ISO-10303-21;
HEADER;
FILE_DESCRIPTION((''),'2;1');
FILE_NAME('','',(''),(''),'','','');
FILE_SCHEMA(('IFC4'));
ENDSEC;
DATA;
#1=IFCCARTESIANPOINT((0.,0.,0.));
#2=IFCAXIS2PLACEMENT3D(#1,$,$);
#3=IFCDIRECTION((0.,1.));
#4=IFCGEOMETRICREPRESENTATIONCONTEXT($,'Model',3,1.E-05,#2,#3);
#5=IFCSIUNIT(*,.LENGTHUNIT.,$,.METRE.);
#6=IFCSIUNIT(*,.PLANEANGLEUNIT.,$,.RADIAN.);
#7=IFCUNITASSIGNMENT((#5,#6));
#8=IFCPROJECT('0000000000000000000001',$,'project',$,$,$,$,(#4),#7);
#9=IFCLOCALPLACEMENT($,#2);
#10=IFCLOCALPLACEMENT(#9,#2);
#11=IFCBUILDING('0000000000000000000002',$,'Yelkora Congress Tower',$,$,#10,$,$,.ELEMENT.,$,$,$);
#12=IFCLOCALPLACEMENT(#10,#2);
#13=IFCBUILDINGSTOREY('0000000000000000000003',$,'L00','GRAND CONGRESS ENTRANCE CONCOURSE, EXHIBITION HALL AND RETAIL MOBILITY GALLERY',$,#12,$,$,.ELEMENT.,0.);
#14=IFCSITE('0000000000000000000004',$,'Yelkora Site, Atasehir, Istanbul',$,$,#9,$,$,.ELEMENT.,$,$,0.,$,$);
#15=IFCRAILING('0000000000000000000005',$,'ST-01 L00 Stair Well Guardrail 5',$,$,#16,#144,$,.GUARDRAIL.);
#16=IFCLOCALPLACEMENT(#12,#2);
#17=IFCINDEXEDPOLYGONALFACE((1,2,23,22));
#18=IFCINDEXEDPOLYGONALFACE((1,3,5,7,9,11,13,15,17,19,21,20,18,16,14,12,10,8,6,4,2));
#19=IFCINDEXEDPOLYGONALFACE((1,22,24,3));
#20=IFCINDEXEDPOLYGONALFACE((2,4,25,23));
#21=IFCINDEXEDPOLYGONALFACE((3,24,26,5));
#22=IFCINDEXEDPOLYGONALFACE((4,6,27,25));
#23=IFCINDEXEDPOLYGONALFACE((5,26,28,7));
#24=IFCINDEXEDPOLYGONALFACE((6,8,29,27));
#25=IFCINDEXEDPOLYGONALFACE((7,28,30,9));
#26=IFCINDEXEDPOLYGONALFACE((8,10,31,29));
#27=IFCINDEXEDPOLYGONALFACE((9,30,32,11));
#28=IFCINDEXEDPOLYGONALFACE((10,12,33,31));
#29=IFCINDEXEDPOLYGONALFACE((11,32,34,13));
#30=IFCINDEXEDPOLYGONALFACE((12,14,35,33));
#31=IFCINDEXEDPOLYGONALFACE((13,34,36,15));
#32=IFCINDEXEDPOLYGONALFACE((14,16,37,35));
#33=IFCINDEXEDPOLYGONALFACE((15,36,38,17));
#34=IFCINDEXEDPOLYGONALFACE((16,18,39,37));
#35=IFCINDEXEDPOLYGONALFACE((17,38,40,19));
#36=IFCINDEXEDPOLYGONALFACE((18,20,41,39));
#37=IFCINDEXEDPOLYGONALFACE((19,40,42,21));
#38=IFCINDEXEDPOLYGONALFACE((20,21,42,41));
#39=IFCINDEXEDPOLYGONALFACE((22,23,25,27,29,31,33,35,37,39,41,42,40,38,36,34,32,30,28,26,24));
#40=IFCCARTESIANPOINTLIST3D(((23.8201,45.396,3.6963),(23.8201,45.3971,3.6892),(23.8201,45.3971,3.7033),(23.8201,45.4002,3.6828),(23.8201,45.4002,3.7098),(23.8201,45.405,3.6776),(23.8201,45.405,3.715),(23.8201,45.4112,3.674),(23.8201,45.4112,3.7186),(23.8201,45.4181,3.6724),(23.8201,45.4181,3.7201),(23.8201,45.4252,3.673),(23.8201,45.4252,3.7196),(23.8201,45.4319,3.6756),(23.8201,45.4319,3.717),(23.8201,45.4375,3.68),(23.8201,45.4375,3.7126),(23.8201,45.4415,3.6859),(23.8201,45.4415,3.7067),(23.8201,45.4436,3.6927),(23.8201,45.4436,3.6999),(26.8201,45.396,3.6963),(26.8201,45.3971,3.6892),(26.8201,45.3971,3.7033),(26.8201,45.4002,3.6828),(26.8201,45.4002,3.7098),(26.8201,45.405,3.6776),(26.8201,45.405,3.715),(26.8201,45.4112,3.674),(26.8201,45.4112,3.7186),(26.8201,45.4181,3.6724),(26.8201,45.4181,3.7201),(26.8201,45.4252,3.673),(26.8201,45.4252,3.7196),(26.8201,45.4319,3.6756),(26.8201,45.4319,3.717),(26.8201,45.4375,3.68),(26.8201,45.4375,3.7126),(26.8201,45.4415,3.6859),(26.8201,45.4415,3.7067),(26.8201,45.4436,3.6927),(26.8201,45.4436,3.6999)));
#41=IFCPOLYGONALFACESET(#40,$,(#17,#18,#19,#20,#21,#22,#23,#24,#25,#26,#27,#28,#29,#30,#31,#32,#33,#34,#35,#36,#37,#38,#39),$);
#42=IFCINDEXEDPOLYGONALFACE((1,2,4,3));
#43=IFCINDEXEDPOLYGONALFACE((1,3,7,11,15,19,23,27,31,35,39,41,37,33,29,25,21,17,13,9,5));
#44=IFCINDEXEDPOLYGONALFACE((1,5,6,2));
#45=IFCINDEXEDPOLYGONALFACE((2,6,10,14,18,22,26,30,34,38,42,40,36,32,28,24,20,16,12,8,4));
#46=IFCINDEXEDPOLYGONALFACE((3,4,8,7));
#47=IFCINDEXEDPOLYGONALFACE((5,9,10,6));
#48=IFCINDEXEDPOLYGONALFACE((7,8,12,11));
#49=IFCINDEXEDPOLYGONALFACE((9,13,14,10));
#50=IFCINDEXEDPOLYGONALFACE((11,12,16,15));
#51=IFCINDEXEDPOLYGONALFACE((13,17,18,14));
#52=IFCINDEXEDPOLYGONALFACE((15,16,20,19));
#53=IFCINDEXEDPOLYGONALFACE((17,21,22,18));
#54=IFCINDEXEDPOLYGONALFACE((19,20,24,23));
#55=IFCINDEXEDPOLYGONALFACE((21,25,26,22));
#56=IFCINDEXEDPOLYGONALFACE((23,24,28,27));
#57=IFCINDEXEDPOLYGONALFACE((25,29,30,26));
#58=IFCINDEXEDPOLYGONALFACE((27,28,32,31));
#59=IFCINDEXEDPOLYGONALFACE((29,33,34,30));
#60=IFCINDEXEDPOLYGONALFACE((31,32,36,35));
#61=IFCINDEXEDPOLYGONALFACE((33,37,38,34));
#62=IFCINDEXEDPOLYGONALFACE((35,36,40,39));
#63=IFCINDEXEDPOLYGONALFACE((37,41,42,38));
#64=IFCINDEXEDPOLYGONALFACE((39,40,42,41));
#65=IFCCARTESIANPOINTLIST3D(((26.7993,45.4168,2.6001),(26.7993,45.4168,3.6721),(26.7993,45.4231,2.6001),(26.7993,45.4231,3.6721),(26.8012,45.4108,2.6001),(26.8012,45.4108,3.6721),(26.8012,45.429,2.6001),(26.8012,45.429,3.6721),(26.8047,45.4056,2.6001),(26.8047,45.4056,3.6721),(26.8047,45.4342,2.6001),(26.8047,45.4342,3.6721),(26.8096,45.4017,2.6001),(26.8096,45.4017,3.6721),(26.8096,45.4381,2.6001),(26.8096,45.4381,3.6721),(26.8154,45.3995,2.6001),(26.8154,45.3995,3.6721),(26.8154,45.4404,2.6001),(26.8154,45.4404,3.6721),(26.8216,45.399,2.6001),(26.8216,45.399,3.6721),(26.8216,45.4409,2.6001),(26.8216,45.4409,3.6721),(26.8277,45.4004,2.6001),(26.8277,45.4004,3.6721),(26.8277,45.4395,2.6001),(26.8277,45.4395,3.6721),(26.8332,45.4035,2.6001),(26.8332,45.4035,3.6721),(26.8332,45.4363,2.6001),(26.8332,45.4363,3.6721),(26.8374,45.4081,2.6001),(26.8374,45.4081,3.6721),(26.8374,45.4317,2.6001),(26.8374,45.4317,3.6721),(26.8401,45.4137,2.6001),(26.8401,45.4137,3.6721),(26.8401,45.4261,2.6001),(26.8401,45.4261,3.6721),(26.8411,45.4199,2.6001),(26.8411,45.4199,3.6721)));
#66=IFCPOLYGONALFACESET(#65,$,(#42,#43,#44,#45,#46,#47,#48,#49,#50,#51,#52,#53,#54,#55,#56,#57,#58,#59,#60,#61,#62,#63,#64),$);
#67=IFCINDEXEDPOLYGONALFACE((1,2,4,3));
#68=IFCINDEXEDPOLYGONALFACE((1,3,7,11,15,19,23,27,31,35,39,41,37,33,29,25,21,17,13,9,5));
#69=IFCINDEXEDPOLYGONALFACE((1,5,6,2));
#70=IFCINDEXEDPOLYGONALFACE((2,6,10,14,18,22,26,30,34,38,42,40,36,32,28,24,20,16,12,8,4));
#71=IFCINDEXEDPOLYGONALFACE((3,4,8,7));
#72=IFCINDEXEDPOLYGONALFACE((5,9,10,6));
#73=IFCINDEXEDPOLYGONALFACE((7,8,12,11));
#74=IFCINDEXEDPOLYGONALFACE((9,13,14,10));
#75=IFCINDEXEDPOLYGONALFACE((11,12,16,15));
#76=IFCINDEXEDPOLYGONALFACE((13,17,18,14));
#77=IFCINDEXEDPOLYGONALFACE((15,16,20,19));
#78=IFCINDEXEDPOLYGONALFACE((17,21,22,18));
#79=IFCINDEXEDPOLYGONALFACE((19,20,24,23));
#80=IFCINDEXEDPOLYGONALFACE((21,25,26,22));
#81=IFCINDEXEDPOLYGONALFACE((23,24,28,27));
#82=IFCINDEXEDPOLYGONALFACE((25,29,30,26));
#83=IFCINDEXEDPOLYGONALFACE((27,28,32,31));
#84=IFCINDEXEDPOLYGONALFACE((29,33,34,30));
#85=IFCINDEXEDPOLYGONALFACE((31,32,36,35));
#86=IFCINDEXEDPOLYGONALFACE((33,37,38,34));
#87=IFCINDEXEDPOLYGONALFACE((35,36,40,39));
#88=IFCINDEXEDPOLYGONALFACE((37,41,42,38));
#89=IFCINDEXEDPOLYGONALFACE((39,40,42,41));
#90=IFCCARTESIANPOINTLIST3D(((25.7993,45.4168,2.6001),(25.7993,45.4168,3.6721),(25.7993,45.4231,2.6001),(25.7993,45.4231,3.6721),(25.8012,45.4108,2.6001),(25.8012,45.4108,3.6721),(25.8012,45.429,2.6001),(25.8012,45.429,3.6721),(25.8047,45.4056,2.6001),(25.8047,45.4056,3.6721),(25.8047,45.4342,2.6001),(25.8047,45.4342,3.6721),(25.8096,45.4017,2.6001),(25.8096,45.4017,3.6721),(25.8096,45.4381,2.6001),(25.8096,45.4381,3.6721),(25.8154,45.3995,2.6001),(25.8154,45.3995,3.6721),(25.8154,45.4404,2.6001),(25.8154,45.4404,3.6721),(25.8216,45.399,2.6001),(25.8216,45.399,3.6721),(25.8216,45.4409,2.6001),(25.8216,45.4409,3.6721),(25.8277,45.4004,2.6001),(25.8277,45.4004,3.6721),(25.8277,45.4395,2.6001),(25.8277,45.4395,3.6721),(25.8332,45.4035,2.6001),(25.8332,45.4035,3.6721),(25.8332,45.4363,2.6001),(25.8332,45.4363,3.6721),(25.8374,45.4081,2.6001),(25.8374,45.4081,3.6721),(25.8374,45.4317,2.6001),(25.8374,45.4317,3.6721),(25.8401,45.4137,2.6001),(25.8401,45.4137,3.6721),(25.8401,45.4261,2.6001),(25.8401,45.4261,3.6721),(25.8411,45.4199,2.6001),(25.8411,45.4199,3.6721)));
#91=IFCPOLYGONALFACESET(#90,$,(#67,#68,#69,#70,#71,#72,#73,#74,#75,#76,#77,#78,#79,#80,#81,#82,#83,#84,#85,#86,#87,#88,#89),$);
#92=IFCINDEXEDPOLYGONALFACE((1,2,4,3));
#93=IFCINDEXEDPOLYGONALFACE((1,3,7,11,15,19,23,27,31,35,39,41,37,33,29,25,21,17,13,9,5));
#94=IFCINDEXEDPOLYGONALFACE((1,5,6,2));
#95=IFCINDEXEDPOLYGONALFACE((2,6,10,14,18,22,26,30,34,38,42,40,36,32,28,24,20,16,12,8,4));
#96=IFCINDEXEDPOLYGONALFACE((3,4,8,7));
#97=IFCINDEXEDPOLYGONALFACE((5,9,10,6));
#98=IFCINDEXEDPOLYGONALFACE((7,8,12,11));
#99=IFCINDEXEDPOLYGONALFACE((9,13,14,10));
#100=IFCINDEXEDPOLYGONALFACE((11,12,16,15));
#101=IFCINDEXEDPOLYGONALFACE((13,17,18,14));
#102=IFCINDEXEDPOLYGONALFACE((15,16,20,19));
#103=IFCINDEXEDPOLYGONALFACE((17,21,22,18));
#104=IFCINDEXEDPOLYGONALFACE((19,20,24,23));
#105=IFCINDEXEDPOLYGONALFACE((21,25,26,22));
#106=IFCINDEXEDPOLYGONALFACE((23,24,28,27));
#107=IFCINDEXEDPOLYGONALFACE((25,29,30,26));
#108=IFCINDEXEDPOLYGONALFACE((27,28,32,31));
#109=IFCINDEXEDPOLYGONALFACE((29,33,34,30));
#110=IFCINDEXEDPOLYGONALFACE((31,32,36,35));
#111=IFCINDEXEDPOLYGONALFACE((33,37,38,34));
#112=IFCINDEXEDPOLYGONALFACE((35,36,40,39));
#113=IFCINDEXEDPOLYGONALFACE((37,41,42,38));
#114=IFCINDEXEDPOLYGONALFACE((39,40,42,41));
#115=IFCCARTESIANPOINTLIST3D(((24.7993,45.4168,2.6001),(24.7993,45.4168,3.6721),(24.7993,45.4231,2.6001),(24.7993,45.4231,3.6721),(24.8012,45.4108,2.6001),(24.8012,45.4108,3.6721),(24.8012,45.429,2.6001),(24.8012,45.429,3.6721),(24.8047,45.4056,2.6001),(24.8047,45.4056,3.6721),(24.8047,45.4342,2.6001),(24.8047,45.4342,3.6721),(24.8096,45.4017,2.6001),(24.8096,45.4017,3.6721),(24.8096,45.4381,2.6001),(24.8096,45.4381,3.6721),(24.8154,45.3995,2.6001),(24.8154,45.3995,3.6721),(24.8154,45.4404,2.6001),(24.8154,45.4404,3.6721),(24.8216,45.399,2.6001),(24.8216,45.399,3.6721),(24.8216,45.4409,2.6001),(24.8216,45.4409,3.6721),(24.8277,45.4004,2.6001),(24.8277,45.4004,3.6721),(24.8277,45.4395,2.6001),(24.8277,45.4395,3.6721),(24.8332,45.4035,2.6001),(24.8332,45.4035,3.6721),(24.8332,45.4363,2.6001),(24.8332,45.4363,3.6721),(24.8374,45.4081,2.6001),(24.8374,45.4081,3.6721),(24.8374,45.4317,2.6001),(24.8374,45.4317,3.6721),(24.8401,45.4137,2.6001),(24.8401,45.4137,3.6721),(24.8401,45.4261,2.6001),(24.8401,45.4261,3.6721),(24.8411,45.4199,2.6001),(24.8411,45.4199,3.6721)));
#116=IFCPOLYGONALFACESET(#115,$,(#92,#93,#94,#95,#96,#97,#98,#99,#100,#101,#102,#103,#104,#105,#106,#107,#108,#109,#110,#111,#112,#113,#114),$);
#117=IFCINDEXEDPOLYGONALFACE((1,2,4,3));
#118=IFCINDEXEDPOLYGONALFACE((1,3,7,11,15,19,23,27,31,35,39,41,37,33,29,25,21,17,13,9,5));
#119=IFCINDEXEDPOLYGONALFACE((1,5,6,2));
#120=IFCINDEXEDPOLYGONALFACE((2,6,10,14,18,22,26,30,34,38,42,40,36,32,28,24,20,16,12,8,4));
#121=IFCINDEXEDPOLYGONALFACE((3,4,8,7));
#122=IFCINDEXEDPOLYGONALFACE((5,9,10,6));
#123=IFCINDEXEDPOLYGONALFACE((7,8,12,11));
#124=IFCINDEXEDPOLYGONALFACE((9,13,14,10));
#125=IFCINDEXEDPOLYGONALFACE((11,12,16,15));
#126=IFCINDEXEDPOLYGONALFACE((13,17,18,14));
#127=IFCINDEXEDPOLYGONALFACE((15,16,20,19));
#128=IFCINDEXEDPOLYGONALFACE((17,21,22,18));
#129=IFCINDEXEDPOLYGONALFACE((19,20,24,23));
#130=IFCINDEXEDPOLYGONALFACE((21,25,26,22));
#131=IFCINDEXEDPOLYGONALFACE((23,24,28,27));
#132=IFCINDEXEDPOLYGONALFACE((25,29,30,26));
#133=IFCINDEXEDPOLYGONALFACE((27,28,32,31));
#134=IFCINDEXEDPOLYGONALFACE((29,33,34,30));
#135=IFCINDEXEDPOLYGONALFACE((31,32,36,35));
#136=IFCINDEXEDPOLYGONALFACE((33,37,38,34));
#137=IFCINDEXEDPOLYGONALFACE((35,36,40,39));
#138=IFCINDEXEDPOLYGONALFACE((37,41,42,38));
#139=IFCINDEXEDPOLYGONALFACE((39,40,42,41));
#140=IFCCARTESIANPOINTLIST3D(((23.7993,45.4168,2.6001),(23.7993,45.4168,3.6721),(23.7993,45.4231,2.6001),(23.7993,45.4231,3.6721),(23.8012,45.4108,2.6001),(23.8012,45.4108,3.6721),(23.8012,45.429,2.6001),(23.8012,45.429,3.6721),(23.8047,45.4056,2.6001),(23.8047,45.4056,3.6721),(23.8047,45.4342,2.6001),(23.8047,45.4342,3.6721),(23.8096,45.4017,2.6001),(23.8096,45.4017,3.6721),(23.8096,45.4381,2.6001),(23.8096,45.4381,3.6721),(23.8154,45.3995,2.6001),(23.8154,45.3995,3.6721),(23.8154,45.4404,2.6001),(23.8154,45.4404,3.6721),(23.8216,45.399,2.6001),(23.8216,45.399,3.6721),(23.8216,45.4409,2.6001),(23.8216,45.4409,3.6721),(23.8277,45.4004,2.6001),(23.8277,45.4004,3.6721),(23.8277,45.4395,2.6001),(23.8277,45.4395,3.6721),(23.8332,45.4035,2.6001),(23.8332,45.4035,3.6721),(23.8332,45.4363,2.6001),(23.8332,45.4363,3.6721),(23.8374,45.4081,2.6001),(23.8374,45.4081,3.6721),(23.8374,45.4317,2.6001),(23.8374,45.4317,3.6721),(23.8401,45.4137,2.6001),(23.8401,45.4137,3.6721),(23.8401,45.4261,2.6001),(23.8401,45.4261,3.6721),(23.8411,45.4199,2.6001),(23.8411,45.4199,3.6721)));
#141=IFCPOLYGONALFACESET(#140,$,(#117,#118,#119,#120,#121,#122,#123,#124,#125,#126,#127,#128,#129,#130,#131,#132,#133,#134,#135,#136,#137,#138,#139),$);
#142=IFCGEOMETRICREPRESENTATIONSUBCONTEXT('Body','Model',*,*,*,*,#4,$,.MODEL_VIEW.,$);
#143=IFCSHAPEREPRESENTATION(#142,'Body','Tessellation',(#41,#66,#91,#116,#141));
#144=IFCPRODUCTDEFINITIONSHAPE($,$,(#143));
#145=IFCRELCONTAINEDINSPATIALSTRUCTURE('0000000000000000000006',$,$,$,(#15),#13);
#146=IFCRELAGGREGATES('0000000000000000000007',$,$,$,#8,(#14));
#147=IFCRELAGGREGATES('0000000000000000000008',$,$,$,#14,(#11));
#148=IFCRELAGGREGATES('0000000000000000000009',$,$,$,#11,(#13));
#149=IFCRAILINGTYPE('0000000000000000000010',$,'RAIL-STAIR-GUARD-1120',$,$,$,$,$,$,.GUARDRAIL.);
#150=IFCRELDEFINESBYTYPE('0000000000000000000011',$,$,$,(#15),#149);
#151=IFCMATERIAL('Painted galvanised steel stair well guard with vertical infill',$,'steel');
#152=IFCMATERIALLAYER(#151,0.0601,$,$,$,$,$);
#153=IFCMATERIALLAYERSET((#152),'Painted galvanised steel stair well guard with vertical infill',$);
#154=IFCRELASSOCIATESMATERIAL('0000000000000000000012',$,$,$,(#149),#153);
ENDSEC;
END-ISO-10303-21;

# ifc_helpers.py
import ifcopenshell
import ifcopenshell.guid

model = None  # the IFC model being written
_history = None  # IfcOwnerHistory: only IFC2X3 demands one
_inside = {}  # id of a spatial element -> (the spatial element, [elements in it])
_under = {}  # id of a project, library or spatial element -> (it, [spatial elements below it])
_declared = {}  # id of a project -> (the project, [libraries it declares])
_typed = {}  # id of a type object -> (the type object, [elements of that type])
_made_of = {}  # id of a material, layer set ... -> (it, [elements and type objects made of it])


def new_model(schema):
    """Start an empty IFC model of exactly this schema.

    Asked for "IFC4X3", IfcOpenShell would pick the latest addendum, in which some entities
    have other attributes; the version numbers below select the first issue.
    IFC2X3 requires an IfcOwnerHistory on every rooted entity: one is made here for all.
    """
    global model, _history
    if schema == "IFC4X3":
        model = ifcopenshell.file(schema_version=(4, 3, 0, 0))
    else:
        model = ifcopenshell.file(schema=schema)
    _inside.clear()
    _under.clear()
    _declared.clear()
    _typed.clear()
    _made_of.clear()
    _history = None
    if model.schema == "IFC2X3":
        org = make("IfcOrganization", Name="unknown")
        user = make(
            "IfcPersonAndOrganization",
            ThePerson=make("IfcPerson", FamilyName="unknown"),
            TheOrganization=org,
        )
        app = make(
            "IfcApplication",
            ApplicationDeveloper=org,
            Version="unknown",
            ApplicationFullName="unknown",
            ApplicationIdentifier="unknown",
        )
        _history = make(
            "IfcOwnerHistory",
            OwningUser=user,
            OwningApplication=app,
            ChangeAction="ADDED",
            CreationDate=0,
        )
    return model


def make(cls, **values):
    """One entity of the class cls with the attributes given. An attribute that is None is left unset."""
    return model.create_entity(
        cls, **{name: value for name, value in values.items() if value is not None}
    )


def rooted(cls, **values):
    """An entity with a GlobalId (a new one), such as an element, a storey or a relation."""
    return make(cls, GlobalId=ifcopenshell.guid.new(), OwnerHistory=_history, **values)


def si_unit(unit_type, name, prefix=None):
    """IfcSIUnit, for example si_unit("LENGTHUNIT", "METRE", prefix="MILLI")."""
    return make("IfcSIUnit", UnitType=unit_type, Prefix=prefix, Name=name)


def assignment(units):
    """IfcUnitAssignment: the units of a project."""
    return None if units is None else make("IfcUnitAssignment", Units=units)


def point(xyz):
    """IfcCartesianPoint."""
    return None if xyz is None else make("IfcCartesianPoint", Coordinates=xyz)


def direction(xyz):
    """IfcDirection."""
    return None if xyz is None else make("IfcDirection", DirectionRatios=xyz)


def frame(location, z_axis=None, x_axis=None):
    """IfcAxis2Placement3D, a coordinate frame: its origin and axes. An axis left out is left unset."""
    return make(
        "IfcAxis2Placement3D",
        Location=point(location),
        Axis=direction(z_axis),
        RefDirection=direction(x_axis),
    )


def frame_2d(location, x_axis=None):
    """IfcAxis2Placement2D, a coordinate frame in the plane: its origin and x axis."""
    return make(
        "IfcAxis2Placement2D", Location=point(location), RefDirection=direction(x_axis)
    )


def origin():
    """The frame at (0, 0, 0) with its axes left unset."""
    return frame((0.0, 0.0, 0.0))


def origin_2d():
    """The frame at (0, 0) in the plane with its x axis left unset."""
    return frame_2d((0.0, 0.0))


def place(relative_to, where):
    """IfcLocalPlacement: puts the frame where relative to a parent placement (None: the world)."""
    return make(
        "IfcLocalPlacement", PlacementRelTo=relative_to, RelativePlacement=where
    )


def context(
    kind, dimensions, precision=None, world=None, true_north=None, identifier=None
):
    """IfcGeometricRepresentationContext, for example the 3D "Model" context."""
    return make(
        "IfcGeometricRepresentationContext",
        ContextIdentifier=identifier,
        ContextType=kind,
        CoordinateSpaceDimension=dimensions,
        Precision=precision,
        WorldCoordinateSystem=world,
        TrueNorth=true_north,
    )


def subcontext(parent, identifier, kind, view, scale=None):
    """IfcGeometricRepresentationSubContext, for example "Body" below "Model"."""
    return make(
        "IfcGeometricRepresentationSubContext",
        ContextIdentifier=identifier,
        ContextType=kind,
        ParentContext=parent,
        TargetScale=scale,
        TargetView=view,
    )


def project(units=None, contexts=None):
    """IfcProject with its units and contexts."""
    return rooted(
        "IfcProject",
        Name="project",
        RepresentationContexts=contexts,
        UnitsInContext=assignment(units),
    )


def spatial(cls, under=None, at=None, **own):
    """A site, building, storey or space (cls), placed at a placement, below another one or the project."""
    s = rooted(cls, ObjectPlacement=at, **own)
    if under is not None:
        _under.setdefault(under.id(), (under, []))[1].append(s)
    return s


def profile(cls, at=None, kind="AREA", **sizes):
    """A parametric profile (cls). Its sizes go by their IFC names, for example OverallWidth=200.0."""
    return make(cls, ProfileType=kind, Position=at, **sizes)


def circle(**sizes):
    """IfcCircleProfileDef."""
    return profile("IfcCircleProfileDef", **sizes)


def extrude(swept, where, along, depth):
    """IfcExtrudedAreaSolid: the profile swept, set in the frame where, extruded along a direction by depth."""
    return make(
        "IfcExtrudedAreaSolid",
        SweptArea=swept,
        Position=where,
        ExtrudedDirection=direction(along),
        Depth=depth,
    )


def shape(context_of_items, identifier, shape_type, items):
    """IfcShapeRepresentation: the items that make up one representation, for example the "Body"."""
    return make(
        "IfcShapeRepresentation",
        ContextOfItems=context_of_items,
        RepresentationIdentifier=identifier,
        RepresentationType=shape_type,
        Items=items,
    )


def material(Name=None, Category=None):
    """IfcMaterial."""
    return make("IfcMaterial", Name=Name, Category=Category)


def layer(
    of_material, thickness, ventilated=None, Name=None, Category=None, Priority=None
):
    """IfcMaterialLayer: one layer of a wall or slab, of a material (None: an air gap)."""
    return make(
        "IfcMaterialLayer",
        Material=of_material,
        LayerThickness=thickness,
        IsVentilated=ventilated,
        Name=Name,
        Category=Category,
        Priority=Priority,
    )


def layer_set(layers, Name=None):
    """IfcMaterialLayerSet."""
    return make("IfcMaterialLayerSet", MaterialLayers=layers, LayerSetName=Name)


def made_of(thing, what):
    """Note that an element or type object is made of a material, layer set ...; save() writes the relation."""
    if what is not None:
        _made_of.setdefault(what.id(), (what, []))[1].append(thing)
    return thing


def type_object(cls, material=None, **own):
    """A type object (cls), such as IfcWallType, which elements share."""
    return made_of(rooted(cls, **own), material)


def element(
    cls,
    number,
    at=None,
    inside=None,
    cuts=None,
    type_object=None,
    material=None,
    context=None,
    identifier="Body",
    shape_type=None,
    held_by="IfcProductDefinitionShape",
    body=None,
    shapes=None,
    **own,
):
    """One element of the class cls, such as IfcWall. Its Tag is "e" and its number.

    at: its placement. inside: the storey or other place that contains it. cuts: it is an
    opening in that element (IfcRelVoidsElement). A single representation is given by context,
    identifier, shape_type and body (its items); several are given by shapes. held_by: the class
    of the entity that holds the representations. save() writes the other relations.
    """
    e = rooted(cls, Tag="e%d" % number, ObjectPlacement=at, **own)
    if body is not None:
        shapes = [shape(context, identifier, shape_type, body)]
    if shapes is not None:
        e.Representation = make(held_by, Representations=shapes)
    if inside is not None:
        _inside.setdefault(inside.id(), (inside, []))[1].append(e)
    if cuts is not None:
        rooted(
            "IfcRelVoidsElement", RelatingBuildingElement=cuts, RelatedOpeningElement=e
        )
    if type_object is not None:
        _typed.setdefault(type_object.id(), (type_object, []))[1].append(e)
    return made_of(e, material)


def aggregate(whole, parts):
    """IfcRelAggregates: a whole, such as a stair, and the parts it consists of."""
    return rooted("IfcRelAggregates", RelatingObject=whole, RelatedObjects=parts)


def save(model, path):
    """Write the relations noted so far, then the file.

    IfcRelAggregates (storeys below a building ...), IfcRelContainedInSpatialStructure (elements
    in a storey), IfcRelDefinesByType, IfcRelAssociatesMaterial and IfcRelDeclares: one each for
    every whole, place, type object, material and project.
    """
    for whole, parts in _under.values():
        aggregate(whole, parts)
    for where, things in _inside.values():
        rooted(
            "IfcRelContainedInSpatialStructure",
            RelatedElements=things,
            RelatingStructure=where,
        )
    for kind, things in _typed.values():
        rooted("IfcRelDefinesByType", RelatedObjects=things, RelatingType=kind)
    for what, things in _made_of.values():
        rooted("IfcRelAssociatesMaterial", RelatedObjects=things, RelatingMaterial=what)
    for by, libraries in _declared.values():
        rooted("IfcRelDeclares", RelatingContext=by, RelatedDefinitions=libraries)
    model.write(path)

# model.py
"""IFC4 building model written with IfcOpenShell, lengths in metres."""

from ifc_helpers import new_model, si_unit, direction, frame, origin, origin_2d, place, context, subcontext, project, spatial, circle, extrude, material, layer, layer_set, type_object, element, save


model = new_model("IFC4")

# Units and contexts
model_context = context("Model", 3, precision=1e-05, world=origin(), true_north=direction((0.0, 1.0)))
body_context = subcontext(model_context, "Body", "Model", "MODEL_VIEW")
ifc_project = project(units=[si_unit("LENGTHUNIT", "METRE"), si_unit("PLANEANGLEUNIT", "RADIAN")], contexts=[model_context])

# Site, building, storey
site_placement = place(None, origin())
site = spatial("IfcSite", under=ifc_project, at=site_placement, Name="Yelkora Site, Atasehir, Istanbul", CompositionType="ELEMENT", RefElevation=0.0)
building_placement = place(site_placement, origin())
building = spatial("IfcBuilding", under=site, at=building_placement, Name="Yelkora Congress Tower", CompositionType="ELEMENT")
storey_placement = place(building_placement, origin())
storey = spatial("IfcBuildingStorey", under=building, at=storey_placement, Name="L00", Description="GRAND CONGRESS ENTRANCE CONCOURSE, EXHIBITION HALL AND RETAIL MOBILITY GALLERY", CompositionType="ELEMENT", Elevation=0.0)

# Railing
ifc_material_1 = material(Name="Painted galvanised steel stair well guard with vertical infill", Category="steel")
ifc_layer_1 = layer(ifc_material_1, 0.0601)
ifc_layer_set_1 = layer_set([ifc_layer_1], Name="Painted galvanised steel stair well guard with vertical infill")
railing_type_1 = type_object("IfcRailingType", Name="RAIL-STAIR-GUARD-1120", PredefinedType="GUARDRAIL", material=ifc_layer_set_1)
railing_1_placement = place(storey_placement, frame((26.8201, 45.4199, 2.6001)))
element("IfcRailing", 1, at=railing_1_placement, inside=storey, type_object=railing_type_1, Name="ST-01 L00 Stair Well Guardrail 5", PredefinedType="GUARDRAIL", context=body_context, shape_type="SweptSolid", body=[
    extrude(circle(Radius=0.0239, at=origin_2d()), frame((0.0, 0.0, 1.0962), z_axis=(-1.0, 0.0, 0.0), x_axis=(0.0, -1.0, 0.0)), (0.0, 0.0, 1.0), 3.0),
    extrude(circle(Radius=0.021, at=origin_2d()), origin(), (0.0, 0.0, 1.0), 1.072),
    extrude(circle(Radius=0.021, at=origin_2d()), frame((-1.0, 0.0, 0.0)), (0.0, 0.0, 1.0), 1.072),
    extrude(circle(Radius=0.021, at=origin_2d()), frame((-2.0, 0.0, 0.0)), (0.0, 0.0, 1.0), 1.072),
    extrude(circle(Radius=0.021, at=origin_2d()), frame((-3.0, 0.0, 0.0)), (0.0, 0.0, 1.0), 1.072),
])

save(model, "model.ifc")
